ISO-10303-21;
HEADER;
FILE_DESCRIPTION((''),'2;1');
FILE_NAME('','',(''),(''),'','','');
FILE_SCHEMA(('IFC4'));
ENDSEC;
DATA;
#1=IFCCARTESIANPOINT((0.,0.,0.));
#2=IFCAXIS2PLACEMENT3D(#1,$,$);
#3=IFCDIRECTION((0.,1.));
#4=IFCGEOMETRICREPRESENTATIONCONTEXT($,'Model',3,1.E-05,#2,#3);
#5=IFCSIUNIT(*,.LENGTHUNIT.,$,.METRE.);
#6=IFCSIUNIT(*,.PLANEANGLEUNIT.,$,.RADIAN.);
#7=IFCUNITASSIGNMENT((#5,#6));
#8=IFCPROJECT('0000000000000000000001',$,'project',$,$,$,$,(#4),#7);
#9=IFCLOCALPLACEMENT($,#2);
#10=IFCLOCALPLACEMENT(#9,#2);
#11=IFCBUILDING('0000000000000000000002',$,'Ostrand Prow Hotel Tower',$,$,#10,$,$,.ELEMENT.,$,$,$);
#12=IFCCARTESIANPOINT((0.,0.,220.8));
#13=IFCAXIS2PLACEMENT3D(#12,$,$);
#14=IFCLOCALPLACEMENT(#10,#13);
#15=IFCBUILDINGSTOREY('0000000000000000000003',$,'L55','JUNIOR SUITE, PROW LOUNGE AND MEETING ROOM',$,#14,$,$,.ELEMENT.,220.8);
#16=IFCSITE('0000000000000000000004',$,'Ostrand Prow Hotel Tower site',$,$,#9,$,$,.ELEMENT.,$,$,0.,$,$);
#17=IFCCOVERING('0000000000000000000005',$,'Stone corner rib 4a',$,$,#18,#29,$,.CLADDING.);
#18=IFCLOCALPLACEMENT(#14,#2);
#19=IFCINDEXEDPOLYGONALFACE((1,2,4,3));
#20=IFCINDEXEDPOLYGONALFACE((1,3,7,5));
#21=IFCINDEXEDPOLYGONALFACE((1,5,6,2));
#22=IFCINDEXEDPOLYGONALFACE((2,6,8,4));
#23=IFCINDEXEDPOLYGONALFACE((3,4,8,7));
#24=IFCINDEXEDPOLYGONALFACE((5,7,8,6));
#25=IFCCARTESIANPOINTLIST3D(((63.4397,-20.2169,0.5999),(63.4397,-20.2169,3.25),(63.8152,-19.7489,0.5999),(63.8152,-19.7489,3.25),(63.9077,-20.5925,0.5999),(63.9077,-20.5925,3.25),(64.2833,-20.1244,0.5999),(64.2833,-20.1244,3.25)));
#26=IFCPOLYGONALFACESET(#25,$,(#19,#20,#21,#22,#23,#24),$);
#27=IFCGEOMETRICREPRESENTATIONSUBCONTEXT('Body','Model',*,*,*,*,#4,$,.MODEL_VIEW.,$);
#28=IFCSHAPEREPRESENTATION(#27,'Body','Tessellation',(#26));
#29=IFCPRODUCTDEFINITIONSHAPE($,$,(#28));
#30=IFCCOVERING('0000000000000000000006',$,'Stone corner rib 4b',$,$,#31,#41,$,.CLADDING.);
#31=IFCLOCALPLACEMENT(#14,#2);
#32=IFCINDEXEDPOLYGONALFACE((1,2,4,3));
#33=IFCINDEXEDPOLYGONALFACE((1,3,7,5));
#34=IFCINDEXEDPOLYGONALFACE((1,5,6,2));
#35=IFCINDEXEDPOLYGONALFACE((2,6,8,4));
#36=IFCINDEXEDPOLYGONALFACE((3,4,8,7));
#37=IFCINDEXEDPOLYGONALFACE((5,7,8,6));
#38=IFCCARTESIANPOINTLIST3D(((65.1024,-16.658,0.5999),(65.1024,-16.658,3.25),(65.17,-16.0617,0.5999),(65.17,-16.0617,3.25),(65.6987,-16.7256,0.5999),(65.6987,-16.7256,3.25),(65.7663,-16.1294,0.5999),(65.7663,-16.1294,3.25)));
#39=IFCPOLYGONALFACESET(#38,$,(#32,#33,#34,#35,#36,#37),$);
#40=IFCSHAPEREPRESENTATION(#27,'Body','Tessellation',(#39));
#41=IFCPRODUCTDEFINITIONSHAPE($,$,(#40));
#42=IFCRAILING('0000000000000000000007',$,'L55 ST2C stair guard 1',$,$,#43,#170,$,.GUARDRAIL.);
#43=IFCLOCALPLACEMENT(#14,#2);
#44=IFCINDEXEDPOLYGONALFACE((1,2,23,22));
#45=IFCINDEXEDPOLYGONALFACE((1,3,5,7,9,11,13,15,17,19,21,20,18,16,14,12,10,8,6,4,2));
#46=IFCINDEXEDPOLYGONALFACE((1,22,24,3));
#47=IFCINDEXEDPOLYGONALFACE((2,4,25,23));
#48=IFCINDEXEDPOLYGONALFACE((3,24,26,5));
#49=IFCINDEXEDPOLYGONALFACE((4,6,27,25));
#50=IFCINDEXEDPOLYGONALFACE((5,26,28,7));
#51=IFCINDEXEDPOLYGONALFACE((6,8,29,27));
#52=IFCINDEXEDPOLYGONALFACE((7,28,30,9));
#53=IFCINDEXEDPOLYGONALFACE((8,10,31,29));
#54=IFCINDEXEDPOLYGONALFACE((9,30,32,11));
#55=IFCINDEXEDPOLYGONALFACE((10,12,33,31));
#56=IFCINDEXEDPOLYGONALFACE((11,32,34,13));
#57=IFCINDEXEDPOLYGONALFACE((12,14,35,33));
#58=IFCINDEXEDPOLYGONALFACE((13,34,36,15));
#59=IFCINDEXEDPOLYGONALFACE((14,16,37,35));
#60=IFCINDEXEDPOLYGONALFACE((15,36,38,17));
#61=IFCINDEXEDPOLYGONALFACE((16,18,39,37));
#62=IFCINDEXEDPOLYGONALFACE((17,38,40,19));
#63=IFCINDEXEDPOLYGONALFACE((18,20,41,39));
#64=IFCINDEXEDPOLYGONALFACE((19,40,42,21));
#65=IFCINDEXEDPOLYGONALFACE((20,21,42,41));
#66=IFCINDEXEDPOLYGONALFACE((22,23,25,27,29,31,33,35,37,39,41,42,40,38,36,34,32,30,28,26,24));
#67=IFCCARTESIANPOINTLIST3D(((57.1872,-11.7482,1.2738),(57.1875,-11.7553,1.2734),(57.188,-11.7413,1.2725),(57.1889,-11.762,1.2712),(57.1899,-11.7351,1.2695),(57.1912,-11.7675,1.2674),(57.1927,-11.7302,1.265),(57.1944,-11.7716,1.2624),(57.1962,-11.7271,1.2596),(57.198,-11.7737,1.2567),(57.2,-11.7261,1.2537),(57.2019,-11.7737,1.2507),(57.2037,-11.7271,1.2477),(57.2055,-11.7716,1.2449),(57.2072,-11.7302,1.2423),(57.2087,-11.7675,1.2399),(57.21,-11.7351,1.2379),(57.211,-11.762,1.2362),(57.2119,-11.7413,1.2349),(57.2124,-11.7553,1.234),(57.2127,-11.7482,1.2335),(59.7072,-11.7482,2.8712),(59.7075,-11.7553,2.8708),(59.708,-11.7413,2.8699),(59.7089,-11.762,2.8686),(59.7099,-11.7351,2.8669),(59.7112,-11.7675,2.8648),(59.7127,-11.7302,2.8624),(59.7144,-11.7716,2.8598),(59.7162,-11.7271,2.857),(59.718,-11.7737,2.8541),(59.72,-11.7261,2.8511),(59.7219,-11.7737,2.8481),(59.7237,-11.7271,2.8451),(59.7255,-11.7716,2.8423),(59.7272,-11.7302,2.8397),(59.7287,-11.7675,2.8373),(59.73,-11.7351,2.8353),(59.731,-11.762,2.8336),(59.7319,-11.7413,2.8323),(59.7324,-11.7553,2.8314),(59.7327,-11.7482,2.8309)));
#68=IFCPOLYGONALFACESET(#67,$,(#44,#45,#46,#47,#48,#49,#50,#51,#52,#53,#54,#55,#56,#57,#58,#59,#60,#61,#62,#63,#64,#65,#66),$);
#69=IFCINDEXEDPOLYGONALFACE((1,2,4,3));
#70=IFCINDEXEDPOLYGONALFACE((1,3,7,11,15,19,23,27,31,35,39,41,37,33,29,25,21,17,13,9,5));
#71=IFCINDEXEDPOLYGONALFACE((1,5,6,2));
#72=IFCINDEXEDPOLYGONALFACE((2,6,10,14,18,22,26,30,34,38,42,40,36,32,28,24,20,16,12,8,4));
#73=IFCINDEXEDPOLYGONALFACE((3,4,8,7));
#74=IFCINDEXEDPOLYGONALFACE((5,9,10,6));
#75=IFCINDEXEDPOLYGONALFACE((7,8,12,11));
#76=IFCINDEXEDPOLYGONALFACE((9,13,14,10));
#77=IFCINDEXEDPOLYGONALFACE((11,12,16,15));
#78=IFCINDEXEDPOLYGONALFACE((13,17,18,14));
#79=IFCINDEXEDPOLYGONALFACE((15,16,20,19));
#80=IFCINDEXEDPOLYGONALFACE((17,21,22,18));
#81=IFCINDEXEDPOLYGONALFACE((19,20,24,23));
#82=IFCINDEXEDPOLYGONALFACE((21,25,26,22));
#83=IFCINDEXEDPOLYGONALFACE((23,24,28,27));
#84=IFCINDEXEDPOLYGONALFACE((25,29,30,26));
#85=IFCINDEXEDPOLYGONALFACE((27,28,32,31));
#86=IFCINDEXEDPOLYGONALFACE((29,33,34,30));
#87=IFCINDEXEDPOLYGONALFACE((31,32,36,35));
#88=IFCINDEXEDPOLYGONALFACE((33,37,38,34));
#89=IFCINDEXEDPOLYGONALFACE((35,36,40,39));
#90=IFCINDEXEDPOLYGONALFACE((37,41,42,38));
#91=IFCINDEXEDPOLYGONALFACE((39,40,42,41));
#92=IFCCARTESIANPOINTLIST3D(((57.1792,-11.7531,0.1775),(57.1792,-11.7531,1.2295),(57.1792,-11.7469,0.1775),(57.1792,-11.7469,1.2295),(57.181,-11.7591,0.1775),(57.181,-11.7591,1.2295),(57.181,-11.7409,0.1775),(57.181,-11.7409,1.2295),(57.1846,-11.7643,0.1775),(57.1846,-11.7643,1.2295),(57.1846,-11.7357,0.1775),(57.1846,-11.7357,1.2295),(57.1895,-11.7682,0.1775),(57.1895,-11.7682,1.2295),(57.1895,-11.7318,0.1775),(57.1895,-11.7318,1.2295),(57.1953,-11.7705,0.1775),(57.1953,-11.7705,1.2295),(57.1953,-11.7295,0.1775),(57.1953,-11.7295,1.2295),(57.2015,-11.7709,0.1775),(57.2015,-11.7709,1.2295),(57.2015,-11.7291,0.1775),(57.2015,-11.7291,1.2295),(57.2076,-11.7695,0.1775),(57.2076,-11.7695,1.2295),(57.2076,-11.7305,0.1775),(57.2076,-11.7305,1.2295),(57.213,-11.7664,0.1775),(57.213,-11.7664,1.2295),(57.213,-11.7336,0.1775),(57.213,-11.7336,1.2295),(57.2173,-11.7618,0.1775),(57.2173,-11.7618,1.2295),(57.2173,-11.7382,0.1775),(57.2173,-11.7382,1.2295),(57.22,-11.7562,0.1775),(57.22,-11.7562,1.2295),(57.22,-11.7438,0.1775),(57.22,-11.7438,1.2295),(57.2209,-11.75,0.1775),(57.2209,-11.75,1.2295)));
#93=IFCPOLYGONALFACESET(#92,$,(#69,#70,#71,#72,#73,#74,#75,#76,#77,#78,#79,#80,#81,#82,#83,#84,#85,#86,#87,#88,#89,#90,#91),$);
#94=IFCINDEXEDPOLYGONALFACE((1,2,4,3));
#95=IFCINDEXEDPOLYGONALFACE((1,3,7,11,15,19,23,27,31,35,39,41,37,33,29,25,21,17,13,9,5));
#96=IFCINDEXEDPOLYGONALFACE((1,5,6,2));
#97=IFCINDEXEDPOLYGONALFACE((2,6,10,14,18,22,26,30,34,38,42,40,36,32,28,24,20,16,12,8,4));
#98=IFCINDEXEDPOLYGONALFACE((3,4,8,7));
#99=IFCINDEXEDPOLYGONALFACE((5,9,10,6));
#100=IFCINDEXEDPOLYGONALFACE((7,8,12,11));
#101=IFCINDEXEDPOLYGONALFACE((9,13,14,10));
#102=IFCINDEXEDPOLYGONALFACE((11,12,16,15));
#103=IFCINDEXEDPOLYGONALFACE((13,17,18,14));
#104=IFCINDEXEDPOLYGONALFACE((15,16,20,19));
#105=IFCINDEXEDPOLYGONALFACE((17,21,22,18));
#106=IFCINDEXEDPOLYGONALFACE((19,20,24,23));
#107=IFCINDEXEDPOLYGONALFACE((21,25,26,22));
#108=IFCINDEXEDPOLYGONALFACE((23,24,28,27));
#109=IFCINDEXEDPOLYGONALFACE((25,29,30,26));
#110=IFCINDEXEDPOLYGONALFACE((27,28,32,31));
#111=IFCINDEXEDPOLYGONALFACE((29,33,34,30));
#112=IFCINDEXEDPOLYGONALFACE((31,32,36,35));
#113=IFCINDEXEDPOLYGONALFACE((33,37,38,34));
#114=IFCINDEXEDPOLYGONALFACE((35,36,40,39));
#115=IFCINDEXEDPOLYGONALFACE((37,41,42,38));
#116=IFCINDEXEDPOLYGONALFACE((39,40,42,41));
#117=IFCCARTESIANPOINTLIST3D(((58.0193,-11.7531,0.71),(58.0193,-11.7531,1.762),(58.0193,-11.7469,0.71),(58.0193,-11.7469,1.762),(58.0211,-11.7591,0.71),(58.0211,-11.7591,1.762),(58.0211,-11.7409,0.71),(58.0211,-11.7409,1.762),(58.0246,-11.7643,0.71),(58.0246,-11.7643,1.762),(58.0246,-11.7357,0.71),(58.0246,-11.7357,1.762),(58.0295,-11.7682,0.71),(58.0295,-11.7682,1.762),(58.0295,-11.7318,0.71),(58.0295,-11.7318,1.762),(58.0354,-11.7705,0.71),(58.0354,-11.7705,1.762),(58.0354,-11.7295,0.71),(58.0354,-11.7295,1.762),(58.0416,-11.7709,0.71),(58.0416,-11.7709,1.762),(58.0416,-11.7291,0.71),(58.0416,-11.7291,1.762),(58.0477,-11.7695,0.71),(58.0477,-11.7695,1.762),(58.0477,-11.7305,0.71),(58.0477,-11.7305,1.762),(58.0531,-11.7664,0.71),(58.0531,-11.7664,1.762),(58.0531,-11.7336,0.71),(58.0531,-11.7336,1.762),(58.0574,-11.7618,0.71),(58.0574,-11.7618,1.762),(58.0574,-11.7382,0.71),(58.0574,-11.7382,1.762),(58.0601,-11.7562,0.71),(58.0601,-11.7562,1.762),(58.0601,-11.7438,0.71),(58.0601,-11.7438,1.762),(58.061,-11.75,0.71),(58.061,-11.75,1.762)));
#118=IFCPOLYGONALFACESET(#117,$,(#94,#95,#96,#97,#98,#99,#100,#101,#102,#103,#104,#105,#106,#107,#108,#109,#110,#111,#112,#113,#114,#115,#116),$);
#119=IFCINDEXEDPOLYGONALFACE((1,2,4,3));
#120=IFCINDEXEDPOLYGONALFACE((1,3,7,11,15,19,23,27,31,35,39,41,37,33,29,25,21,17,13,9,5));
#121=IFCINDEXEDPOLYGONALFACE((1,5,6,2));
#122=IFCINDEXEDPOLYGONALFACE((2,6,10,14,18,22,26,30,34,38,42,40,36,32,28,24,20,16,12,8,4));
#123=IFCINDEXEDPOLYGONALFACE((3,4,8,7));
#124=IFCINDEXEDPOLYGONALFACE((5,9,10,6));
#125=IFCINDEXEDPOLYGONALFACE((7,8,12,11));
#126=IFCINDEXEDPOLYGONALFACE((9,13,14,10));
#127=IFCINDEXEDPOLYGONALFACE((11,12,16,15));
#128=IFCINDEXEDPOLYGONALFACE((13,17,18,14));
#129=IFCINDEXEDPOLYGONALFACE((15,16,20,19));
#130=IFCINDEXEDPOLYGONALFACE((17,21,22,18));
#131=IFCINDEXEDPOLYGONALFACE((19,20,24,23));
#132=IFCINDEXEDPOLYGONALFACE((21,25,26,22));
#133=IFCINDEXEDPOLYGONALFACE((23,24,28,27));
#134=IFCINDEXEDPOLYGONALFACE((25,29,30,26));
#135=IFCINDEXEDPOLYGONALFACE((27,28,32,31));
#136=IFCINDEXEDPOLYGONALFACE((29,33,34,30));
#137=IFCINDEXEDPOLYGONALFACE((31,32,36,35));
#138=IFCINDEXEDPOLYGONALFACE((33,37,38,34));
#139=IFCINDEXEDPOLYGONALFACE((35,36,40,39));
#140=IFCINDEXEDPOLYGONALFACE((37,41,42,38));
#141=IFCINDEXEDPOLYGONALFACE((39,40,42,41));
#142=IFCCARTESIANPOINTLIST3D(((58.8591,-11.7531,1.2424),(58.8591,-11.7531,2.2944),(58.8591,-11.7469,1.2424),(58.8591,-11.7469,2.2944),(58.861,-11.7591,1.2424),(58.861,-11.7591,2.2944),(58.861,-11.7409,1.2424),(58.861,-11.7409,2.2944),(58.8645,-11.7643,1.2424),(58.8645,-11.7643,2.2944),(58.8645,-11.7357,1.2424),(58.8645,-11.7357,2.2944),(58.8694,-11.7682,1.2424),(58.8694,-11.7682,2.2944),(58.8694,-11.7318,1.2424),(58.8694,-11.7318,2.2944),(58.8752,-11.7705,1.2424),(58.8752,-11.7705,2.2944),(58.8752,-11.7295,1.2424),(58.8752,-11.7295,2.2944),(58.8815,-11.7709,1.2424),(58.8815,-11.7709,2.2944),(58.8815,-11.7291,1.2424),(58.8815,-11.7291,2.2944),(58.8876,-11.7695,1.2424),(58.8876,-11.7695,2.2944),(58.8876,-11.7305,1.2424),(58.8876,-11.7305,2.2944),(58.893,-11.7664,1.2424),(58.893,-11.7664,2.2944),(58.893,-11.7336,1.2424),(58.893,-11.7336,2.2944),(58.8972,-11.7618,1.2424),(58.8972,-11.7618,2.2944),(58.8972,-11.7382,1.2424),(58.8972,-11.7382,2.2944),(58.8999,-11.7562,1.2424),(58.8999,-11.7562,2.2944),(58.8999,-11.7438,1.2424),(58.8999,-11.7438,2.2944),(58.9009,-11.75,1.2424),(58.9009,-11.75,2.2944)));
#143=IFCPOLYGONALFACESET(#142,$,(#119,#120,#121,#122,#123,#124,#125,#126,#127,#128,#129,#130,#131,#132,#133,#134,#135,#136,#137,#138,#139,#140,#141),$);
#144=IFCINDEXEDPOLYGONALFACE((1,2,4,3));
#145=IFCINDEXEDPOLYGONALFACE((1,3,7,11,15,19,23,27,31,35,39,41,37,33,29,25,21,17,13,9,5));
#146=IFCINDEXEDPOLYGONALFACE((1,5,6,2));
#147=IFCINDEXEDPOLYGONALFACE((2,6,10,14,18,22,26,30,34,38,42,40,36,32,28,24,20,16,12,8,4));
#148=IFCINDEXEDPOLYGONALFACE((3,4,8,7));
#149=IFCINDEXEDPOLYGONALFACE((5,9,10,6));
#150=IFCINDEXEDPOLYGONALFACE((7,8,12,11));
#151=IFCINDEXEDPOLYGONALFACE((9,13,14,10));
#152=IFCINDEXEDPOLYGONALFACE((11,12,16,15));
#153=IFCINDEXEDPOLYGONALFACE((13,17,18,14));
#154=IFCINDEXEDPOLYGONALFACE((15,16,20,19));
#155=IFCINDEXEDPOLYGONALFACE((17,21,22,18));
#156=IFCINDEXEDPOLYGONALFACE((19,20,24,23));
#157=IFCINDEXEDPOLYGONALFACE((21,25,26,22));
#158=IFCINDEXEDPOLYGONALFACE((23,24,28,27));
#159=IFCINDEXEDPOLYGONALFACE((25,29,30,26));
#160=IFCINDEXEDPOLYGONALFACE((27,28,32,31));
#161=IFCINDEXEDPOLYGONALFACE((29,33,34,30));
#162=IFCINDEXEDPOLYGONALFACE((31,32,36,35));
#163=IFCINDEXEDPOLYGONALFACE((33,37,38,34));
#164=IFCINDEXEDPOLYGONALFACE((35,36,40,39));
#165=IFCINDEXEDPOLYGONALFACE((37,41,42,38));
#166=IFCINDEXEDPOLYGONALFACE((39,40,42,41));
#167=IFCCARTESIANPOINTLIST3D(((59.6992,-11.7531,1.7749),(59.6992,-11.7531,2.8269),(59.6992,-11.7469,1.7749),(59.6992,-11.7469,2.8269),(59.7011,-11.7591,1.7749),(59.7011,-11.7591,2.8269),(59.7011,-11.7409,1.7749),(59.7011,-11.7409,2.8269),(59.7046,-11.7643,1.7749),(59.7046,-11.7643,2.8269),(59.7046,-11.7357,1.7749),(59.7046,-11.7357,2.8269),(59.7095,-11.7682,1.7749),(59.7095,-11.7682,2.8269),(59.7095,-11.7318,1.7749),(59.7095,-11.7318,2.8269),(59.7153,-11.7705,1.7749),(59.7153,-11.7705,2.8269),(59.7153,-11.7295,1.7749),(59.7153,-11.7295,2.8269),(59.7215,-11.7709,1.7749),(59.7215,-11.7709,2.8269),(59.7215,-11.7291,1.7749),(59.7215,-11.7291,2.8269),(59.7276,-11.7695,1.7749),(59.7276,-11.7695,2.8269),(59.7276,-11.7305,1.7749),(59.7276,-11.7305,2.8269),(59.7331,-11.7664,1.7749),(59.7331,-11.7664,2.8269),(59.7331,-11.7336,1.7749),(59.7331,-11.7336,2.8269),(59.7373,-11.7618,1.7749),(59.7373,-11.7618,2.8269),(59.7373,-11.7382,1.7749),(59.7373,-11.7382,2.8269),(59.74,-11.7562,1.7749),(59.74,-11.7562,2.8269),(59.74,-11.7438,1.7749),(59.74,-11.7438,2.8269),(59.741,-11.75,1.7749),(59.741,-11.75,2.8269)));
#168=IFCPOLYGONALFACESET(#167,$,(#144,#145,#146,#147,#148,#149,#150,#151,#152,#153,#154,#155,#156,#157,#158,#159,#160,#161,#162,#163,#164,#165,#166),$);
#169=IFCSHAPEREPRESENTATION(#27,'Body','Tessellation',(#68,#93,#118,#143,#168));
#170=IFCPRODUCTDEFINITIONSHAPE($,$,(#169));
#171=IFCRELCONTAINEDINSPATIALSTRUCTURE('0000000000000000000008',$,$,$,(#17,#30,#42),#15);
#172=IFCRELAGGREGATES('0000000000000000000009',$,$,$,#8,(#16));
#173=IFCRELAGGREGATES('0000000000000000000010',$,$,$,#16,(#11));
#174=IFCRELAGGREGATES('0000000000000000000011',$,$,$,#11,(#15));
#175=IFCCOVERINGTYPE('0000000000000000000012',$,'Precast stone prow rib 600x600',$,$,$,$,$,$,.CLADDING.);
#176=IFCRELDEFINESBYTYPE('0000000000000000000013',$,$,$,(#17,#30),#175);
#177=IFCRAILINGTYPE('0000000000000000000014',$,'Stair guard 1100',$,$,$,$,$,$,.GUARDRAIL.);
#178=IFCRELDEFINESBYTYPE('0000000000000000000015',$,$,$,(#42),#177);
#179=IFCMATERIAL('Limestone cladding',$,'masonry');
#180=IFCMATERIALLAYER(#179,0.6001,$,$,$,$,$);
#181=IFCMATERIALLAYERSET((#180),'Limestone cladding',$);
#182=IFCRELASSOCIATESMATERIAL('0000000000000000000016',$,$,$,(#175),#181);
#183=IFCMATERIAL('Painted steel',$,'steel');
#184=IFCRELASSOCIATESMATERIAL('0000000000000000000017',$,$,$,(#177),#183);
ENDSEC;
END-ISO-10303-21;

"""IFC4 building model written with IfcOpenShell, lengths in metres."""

from ifc_helpers import new_model, si_unit, direction, frame, frame_2d, origin, origin_2d, place, context, subcontext, project, spatial, rectangle, circle, extrude, material, layer, layer_set, type_object, element, save


model = new_model("IFC4")

# Units and contexts
model_context = context("Model", 3, precision=1e-05, world=origin(), true_north=direction((0.0, 1.0)))
body_context = subcontext(model_context, "Body", "Model", "MODEL_VIEW")
ifc_project = project(units=[si_unit("LENGTHUNIT", "METRE"), si_unit("PLANEANGLEUNIT", "RADIAN")], contexts=[model_context])

# Site, building, storey
site_placement = place(None, origin())
site = spatial("IfcSite", under=ifc_project, at=site_placement, Name="Ostrand Prow Hotel Tower site", CompositionType="ELEMENT", RefElevation=0.0)
building_placement = place(site_placement, origin())
building = spatial("IfcBuilding", under=site, at=building_placement, Name="Ostrand Prow Hotel Tower", CompositionType="ELEMENT")
storey_placement = place(building_placement, frame((0.0, 0.0, 220.8)))
storey = spatial("IfcBuildingStorey", under=building, at=storey_placement, Name="L55", Description="JUNIOR SUITE, PROW LOUNGE AND MEETING ROOM", CompositionType="ELEMENT", Elevation=220.8)

# Coverings
ifc_material_1 = material(Name="Limestone cladding", Category="masonry")
ifc_layer_1 = layer(ifc_material_1, 0.6001)
ifc_layer_set_1 = layer_set([ifc_layer_1], Name="Limestone cladding")
covering_type = type_object("IfcCoveringType", Name="Precast stone prow rib 600x600", PredefinedType="CLADDING", material=ifc_layer_set_1)
for number, where, z_axis, x_axis, name in (
    (1, (63.6274, -19.9829, 0.5999), (0.0, 0.0, 1.0), (0.779995, -0.625786, 0.0), "Stone corner rib 4a"),
    (2, (65.1362, -16.3599, 0.5999), (0.0, 0.0, 1.0), (0.993628, -0.112709, 0.0), "Stone corner rib 4b"),
):
    element("IfcCovering", number, at=place(storey_placement, frame(where, z_axis=z_axis, x_axis=x_axis)), inside=storey, type_object=covering_type, Name=name, PredefinedType="CLADDING", context=body_context, shape_type="SweptSolid", body=[
        extrude(rectangle(XDim=0.6001, YDim=0.6001, at=frame_2d((0.3, 0.0))), origin(), (0.0, 0.0, 1.0), 2.6501),
    ])

# Railing
ifc_material_2 = material(Name="Painted steel", Category="steel")
railing_type_1 = type_object("IfcRailingType", Name="Stair guard 1100", PredefinedType="GUARDRAIL", material=ifc_material_2)
railing_1_placement = place(storey_placement, frame((57.2, -11.75, 0.1775)))
element("IfcRailing", 3, at=railing_1_placement, inside=storey, type_object=railing_type_1, Name="L55 ST2C stair guard 1", PredefinedType="GUARDRAIL", context=body_context, shape_type="SweptSolid", body=[
    extrude(circle(Radius=0.0239, at=origin_2d()), frame((0.0, 0.0, 1.0762), z_axis=(0.844607, 0.0, 0.535387), x_axis=(0.0, 1.0, 0.0)), (0.0, 0.0, 1.0), 2.9836),
    extrude(circle(Radius=0.021, at=origin_2d()), origin(), (0.0, 0.0, 1.0), 1.052),
    extrude(circle(Radius=0.021, at=origin_2d()), frame((0.8401, 0.0, 0.5325)), (0.0, 0.0, 1.0), 1.052),
    extrude(circle(Radius=0.021, at=origin_2d()), frame((1.6799, 0.0, 1.0649)), (0.0, 0.0, 1.0), 1.052),
    extrude(circle(Radius=0.021, at=origin_2d()), frame((2.52, 0.0, 1.5974)), (0.0, 0.0, 1.0), 1.052),
])

save(model, "model.ifc")
